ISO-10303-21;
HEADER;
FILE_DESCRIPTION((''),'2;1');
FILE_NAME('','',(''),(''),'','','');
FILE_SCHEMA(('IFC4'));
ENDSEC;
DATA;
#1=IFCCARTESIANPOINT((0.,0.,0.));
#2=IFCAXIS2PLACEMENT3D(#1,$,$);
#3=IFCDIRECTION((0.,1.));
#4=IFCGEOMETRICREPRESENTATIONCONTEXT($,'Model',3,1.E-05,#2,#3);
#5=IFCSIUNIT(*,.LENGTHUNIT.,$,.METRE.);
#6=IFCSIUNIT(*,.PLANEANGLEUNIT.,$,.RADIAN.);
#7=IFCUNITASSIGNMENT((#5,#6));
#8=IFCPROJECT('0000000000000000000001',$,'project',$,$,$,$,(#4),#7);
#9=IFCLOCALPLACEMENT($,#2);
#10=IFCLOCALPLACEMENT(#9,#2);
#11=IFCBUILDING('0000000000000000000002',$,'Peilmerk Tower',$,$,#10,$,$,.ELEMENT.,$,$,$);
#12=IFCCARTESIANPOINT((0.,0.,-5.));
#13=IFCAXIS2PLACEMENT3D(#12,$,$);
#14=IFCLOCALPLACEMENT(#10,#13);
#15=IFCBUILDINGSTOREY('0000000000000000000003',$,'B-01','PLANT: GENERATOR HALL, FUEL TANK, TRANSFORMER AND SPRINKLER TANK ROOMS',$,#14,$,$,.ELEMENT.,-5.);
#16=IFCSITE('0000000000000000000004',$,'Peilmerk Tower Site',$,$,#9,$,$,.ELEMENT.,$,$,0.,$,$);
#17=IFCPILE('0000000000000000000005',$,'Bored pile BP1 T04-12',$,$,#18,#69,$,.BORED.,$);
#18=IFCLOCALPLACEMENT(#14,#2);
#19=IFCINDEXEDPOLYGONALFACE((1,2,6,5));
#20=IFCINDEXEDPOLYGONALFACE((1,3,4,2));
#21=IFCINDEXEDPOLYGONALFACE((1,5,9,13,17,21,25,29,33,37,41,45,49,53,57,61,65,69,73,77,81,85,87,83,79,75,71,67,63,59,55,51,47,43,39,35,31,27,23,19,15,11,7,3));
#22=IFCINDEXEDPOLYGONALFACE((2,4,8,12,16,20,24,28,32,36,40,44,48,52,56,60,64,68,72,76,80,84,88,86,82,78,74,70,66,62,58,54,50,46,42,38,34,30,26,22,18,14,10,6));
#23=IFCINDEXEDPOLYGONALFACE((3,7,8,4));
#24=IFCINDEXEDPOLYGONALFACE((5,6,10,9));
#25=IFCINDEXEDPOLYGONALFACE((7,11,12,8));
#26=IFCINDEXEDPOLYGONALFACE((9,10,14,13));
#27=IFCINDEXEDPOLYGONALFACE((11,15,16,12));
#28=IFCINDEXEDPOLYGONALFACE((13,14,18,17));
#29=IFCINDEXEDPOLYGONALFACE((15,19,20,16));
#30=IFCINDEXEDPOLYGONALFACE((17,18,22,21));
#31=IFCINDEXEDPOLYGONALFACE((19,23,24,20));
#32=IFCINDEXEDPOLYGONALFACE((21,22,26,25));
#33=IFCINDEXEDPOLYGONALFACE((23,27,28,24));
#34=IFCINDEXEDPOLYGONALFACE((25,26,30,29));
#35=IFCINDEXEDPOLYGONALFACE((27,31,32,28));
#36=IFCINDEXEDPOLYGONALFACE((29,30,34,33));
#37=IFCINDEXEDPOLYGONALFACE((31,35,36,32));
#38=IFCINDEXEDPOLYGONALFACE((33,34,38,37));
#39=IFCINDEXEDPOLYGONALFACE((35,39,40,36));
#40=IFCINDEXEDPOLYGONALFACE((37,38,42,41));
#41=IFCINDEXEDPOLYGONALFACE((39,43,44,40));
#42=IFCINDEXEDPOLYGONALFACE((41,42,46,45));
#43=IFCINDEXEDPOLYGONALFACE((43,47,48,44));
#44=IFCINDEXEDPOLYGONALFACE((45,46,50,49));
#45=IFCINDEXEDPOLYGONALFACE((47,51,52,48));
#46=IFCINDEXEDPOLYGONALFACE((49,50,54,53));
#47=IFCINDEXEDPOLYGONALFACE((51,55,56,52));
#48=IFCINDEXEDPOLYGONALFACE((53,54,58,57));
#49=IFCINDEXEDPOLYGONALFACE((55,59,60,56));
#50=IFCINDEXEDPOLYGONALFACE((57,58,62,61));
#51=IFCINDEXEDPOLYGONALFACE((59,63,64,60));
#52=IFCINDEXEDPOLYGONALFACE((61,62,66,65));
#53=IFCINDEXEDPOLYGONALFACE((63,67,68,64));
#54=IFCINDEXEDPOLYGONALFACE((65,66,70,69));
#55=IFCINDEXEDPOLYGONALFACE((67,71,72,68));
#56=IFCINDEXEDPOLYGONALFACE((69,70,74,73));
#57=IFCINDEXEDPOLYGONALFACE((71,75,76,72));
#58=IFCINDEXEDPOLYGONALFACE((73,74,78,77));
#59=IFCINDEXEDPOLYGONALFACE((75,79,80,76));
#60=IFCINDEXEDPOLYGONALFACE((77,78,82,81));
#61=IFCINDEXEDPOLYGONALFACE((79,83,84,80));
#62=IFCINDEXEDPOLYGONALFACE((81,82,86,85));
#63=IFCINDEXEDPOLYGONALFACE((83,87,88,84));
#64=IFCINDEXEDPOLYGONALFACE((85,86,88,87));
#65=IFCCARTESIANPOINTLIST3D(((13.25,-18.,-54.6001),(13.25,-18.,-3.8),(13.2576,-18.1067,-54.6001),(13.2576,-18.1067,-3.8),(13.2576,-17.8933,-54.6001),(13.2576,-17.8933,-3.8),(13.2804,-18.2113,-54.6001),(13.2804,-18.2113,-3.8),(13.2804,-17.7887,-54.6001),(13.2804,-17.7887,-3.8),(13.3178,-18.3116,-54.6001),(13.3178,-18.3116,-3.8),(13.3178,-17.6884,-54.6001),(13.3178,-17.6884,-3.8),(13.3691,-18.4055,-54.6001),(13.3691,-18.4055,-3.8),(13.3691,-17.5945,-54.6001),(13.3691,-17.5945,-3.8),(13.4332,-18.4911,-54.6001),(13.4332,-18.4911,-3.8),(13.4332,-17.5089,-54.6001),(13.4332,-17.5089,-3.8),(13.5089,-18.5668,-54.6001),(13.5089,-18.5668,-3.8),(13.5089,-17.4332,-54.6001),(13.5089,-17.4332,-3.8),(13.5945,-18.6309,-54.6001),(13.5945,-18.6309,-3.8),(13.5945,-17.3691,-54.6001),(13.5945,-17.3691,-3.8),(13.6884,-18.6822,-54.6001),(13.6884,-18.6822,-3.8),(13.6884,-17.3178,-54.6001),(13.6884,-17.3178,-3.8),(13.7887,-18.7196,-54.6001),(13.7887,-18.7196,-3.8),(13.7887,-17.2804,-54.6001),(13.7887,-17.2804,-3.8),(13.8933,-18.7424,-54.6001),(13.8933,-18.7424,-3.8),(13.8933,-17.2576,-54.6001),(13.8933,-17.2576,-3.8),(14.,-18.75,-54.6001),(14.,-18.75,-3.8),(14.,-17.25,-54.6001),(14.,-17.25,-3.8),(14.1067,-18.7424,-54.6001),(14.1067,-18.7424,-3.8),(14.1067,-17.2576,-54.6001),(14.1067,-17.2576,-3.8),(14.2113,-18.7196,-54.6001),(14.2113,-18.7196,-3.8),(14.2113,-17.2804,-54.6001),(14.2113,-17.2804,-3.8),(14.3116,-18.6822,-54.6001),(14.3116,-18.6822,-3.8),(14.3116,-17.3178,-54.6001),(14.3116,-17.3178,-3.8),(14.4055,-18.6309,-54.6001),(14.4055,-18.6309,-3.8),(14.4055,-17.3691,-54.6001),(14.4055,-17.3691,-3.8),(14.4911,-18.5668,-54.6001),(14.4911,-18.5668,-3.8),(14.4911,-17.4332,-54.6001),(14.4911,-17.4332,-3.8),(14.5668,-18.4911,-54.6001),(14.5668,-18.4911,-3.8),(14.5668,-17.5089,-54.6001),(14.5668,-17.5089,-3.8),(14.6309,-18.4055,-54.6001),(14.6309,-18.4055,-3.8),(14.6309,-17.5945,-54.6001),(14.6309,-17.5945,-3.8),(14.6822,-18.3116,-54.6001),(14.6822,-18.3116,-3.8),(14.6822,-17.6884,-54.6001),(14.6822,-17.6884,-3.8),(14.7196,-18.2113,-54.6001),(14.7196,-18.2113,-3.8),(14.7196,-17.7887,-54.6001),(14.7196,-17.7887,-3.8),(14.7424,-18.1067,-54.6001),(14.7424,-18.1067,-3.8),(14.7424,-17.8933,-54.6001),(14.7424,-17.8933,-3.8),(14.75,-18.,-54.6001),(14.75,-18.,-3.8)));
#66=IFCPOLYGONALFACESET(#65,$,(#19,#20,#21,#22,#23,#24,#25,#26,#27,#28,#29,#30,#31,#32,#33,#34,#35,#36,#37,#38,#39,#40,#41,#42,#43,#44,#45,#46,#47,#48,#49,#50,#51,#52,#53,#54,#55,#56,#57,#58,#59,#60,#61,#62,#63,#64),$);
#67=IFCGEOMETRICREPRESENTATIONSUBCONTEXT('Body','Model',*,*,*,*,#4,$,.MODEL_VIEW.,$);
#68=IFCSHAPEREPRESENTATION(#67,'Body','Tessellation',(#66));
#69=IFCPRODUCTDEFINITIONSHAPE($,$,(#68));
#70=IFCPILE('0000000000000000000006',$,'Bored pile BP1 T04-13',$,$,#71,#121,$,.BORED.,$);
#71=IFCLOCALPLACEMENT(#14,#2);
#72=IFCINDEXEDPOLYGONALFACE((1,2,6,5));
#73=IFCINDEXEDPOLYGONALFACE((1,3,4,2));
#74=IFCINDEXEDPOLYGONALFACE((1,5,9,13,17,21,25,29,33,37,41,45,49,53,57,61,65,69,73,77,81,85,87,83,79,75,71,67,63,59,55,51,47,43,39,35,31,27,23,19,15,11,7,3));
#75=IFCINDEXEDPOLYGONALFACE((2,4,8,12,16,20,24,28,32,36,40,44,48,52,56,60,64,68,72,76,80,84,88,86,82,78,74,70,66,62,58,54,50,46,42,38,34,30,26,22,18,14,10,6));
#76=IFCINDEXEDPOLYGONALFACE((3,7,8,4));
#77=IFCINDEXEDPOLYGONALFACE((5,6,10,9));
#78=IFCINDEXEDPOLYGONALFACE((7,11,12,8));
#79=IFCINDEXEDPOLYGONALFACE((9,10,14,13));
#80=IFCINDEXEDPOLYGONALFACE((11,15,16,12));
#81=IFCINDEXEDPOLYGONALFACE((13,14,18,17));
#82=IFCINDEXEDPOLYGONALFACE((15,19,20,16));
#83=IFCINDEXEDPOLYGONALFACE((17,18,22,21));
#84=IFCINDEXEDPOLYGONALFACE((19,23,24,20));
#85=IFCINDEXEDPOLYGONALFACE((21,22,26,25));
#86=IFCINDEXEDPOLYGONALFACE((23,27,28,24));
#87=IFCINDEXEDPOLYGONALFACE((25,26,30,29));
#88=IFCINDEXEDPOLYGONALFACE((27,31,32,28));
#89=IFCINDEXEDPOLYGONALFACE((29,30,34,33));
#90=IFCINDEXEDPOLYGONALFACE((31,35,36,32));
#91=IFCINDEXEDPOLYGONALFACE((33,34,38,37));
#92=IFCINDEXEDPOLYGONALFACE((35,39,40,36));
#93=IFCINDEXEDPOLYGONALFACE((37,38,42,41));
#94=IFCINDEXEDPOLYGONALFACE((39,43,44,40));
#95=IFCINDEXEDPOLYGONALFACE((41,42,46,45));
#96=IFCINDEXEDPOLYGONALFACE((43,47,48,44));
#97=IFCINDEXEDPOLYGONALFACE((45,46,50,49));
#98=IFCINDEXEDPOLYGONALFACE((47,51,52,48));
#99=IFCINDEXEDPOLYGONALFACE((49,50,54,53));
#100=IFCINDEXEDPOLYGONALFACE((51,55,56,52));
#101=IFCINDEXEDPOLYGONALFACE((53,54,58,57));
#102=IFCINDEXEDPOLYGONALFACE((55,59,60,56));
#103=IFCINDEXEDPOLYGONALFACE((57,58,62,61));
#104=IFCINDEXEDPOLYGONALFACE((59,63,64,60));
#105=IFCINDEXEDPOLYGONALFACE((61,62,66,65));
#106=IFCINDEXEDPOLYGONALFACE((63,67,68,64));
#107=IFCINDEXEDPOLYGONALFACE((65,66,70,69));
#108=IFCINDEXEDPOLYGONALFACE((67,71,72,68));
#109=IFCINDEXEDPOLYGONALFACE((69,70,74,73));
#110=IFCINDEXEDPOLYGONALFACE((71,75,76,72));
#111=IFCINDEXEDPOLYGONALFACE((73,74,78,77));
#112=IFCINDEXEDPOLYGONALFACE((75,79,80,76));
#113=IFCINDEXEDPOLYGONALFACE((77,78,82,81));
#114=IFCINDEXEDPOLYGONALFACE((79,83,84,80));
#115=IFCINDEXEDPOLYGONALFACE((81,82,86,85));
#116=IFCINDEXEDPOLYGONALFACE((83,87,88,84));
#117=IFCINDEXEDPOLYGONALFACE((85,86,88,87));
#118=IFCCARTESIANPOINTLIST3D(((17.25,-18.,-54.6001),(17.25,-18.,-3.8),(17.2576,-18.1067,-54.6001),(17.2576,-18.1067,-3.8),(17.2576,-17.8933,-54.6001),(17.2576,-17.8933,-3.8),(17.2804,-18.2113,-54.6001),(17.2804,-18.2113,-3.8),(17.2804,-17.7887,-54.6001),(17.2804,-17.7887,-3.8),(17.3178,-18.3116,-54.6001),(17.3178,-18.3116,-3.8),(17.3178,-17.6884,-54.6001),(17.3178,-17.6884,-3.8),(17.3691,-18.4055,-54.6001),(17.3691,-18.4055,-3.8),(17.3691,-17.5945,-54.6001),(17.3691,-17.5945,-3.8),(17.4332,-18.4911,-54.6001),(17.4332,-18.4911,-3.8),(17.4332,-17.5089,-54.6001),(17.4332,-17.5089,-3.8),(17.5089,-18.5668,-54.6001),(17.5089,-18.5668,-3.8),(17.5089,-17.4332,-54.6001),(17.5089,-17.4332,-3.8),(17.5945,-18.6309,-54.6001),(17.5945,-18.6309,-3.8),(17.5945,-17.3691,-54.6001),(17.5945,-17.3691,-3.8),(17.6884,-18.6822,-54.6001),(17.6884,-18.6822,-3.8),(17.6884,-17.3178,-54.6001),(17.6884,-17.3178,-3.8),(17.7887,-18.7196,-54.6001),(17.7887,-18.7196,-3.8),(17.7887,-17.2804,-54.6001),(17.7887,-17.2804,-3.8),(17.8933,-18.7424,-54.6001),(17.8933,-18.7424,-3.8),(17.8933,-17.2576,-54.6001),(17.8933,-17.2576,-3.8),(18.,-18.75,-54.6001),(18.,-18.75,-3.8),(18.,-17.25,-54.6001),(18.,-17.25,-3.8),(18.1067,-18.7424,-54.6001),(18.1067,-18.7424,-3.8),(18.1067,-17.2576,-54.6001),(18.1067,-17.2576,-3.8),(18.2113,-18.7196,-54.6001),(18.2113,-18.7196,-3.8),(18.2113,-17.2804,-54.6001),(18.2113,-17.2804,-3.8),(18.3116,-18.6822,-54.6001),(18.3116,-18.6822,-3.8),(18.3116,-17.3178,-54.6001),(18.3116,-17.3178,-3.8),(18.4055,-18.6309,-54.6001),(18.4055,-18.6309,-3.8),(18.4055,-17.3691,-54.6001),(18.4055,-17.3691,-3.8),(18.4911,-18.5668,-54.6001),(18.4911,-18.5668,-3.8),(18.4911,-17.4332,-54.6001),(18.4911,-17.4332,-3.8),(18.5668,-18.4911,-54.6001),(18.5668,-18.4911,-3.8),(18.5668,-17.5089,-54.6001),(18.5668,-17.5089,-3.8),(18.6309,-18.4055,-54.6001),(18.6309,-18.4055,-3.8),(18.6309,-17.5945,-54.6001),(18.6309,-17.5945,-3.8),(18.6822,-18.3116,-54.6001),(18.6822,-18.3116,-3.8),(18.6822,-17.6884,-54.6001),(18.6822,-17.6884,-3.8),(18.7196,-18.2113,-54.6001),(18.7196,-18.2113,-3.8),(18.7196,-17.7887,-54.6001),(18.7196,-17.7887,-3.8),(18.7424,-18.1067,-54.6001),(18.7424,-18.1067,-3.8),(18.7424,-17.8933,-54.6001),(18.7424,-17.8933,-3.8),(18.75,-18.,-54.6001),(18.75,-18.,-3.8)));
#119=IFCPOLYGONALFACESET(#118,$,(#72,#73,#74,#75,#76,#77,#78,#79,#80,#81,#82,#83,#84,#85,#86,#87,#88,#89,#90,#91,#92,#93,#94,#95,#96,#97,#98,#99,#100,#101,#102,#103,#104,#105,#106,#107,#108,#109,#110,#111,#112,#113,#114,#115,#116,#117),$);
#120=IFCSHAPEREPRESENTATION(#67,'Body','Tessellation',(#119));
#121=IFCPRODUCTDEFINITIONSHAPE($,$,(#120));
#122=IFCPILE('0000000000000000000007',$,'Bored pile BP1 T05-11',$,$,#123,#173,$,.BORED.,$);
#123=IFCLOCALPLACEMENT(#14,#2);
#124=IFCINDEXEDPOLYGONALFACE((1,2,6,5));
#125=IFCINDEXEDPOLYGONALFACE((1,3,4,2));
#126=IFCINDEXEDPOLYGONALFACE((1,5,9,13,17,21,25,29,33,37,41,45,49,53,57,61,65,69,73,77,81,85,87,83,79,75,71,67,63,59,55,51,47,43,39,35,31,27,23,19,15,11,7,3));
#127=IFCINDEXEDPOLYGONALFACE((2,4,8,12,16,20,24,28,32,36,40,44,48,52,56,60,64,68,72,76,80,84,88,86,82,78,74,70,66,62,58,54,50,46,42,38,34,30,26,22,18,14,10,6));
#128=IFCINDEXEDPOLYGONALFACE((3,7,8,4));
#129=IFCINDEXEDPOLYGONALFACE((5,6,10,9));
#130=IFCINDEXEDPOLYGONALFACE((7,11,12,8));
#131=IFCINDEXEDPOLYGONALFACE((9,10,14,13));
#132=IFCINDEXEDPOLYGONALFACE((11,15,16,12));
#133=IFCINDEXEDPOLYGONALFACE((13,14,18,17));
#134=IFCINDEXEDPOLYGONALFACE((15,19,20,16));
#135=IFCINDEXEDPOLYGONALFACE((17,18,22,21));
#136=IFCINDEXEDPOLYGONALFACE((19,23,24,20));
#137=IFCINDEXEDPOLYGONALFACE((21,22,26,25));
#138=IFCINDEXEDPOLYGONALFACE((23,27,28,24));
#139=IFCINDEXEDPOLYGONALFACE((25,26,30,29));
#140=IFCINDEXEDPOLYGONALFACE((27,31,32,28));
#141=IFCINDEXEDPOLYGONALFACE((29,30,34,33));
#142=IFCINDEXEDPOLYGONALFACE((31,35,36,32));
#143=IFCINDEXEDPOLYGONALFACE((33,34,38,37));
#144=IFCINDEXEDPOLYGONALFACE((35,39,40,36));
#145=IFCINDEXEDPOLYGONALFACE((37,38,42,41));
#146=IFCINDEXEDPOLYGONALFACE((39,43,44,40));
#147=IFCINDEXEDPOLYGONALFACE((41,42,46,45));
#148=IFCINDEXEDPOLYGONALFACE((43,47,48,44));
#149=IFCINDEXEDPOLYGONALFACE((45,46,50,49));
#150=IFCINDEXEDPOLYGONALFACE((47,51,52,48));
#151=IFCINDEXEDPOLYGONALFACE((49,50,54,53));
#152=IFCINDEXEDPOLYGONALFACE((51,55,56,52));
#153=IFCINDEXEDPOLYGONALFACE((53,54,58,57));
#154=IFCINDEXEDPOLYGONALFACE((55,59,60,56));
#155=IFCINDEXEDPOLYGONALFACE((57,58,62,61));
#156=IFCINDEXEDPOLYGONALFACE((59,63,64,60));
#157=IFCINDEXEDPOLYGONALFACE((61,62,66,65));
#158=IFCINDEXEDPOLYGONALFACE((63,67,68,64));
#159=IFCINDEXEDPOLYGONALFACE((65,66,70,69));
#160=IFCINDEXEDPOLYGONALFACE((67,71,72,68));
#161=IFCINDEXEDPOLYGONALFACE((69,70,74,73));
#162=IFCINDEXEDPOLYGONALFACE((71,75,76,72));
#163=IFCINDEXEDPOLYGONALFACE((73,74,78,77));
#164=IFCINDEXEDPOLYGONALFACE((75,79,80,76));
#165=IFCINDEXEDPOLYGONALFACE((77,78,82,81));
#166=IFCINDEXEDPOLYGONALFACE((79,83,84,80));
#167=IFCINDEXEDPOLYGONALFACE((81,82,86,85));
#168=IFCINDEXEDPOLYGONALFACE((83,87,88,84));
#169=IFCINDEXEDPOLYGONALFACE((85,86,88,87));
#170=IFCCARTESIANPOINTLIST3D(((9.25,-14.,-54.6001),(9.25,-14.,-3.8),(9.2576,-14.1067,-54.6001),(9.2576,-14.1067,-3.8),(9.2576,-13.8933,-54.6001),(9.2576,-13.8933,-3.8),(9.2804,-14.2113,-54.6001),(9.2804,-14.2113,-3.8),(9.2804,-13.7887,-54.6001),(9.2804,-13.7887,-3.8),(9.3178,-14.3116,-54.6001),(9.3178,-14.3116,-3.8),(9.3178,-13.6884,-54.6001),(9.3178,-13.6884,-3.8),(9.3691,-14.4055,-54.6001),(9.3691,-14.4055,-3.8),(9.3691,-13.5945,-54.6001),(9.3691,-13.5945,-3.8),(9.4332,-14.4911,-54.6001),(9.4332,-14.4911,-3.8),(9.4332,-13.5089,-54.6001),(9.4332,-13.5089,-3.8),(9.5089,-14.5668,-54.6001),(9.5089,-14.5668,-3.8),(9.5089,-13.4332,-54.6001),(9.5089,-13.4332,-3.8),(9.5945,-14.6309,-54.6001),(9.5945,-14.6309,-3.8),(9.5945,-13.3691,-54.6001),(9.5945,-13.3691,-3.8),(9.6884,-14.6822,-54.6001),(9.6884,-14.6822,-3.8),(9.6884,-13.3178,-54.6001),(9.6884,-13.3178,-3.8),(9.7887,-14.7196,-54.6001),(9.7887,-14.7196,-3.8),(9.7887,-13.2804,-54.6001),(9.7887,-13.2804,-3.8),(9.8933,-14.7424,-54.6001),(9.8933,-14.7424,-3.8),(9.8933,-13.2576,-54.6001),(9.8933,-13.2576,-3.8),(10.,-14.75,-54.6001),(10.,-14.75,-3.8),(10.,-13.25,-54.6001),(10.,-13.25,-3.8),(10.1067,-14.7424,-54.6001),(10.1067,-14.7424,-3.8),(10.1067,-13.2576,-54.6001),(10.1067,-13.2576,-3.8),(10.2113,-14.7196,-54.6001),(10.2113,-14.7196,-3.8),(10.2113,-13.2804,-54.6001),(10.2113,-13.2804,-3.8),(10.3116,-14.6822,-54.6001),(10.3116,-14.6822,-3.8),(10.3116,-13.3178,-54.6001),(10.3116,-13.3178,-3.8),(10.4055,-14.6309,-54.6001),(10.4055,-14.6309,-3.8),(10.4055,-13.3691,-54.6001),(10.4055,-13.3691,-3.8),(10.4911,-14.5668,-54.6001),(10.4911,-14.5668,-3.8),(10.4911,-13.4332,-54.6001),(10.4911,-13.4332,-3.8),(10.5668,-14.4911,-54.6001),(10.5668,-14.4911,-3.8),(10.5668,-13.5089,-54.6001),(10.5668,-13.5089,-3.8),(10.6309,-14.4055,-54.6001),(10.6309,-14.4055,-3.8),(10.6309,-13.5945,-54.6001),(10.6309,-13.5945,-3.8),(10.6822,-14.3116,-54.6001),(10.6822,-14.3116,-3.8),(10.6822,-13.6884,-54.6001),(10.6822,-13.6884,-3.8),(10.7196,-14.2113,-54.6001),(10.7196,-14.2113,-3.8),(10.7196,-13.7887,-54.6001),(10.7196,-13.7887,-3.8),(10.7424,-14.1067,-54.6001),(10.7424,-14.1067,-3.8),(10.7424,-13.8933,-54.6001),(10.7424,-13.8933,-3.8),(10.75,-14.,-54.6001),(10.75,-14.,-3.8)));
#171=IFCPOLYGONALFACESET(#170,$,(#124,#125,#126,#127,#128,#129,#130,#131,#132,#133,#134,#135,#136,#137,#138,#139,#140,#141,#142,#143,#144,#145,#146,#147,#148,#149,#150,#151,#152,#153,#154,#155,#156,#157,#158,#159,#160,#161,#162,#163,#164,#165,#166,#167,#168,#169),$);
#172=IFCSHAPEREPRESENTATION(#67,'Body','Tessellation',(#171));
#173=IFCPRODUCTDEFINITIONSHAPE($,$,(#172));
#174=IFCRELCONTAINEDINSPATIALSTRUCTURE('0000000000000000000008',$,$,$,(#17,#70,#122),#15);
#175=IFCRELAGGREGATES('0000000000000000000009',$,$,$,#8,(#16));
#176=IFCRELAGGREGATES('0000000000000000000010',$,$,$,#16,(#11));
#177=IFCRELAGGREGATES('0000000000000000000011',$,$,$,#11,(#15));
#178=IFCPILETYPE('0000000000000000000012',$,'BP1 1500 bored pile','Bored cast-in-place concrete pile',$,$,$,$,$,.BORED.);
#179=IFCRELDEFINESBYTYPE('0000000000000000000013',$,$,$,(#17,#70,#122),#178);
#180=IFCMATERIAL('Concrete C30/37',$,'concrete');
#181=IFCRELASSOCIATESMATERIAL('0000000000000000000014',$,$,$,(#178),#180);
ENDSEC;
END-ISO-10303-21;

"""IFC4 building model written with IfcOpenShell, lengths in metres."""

from ifc_helpers import new_model, si_unit, direction, frame, origin, origin_2d, place, context, subcontext, project, spatial, circle, extrude, material, material_profile, profile_set, type_object, element, save


model = new_model("IFC4")

# Units and contexts
model_context = context("Model", 3, precision=1e-05, world=origin(), true_north=direction((0.0, 1.0)))
body_context = subcontext(model_context, "Body", "Model", "MODEL_VIEW")
ifc_project = project(units=[si_unit("LENGTHUNIT", "METRE"), si_unit("PLANEANGLEUNIT", "RADIAN")], contexts=[model_context])

# Site, building, storey
site_placement = place(None, origin())
site = spatial("IfcSite", under=ifc_project, at=site_placement, Name="Peilmerk Tower Site", CompositionType="ELEMENT", RefElevation=0.0)
building_placement = place(site_placement, origin())
building = spatial("IfcBuilding", under=site, at=building_placement, Name="Peilmerk Tower", CompositionType="ELEMENT")
storey_placement = place(building_placement, frame((0.0, 0.0, -5.0)))
storey = spatial("IfcBuildingStorey", under=building, at=storey_placement, Name="B-01", Description="PLANT: GENERATOR HALL, FUEL TANK, TRANSFORMER AND SPRINKLER TANK ROOMS", CompositionType="ELEMENT", Elevation=-5.0)

# Piles
ifc_material_1 = material(Name="Concrete C30/37", Category="concrete")
ifc_material_profile = material_profile(ifc_material_1, circle(Radius=0.75, at=origin_2d()), Name="BP 1500")
ifc_profile_set = profile_set([ifc_material_profile], Name="Concrete C30/37")
pile_type = type_object("IfcPileType", Name="BP1 1500 bored pile", Description="Bored cast-in-place concrete pile", PredefinedType="BORED", material=ifc_profile_set)
for number, where, z_axis, x_axis, name in (
    (1, (14.0, -18.0, -3.8), (0.0, 0.0, -1.0), (1.0, 0.0, 0.0), "Bored pile BP1 T04-12"),
    (2, (18.0, -18.0, -3.8), (0.0, 0.0, -1.0), (1.0, 0.0, 0.0), "Bored pile BP1 T04-13"),
    (3, (10.0, -14.0, -3.8), (0.0, 0.0, -1.0), (1.0, 0.0, 0.0), "Bored pile BP1 T05-11"),
):
    element("IfcPile", number, at=place(storey_placement, frame(where, z_axis=z_axis, x_axis=x_axis)), inside=storey, type_object=pile_type, Name=name, PredefinedType="BORED", context=body_context, shape_type="SweptSolid", body=[
        extrude(circle(Radius=0.75, at=origin_2d()), origin(), (0.0, 0.0, 1.0), 50.8),
    ])

save(model, "model.ifc")
